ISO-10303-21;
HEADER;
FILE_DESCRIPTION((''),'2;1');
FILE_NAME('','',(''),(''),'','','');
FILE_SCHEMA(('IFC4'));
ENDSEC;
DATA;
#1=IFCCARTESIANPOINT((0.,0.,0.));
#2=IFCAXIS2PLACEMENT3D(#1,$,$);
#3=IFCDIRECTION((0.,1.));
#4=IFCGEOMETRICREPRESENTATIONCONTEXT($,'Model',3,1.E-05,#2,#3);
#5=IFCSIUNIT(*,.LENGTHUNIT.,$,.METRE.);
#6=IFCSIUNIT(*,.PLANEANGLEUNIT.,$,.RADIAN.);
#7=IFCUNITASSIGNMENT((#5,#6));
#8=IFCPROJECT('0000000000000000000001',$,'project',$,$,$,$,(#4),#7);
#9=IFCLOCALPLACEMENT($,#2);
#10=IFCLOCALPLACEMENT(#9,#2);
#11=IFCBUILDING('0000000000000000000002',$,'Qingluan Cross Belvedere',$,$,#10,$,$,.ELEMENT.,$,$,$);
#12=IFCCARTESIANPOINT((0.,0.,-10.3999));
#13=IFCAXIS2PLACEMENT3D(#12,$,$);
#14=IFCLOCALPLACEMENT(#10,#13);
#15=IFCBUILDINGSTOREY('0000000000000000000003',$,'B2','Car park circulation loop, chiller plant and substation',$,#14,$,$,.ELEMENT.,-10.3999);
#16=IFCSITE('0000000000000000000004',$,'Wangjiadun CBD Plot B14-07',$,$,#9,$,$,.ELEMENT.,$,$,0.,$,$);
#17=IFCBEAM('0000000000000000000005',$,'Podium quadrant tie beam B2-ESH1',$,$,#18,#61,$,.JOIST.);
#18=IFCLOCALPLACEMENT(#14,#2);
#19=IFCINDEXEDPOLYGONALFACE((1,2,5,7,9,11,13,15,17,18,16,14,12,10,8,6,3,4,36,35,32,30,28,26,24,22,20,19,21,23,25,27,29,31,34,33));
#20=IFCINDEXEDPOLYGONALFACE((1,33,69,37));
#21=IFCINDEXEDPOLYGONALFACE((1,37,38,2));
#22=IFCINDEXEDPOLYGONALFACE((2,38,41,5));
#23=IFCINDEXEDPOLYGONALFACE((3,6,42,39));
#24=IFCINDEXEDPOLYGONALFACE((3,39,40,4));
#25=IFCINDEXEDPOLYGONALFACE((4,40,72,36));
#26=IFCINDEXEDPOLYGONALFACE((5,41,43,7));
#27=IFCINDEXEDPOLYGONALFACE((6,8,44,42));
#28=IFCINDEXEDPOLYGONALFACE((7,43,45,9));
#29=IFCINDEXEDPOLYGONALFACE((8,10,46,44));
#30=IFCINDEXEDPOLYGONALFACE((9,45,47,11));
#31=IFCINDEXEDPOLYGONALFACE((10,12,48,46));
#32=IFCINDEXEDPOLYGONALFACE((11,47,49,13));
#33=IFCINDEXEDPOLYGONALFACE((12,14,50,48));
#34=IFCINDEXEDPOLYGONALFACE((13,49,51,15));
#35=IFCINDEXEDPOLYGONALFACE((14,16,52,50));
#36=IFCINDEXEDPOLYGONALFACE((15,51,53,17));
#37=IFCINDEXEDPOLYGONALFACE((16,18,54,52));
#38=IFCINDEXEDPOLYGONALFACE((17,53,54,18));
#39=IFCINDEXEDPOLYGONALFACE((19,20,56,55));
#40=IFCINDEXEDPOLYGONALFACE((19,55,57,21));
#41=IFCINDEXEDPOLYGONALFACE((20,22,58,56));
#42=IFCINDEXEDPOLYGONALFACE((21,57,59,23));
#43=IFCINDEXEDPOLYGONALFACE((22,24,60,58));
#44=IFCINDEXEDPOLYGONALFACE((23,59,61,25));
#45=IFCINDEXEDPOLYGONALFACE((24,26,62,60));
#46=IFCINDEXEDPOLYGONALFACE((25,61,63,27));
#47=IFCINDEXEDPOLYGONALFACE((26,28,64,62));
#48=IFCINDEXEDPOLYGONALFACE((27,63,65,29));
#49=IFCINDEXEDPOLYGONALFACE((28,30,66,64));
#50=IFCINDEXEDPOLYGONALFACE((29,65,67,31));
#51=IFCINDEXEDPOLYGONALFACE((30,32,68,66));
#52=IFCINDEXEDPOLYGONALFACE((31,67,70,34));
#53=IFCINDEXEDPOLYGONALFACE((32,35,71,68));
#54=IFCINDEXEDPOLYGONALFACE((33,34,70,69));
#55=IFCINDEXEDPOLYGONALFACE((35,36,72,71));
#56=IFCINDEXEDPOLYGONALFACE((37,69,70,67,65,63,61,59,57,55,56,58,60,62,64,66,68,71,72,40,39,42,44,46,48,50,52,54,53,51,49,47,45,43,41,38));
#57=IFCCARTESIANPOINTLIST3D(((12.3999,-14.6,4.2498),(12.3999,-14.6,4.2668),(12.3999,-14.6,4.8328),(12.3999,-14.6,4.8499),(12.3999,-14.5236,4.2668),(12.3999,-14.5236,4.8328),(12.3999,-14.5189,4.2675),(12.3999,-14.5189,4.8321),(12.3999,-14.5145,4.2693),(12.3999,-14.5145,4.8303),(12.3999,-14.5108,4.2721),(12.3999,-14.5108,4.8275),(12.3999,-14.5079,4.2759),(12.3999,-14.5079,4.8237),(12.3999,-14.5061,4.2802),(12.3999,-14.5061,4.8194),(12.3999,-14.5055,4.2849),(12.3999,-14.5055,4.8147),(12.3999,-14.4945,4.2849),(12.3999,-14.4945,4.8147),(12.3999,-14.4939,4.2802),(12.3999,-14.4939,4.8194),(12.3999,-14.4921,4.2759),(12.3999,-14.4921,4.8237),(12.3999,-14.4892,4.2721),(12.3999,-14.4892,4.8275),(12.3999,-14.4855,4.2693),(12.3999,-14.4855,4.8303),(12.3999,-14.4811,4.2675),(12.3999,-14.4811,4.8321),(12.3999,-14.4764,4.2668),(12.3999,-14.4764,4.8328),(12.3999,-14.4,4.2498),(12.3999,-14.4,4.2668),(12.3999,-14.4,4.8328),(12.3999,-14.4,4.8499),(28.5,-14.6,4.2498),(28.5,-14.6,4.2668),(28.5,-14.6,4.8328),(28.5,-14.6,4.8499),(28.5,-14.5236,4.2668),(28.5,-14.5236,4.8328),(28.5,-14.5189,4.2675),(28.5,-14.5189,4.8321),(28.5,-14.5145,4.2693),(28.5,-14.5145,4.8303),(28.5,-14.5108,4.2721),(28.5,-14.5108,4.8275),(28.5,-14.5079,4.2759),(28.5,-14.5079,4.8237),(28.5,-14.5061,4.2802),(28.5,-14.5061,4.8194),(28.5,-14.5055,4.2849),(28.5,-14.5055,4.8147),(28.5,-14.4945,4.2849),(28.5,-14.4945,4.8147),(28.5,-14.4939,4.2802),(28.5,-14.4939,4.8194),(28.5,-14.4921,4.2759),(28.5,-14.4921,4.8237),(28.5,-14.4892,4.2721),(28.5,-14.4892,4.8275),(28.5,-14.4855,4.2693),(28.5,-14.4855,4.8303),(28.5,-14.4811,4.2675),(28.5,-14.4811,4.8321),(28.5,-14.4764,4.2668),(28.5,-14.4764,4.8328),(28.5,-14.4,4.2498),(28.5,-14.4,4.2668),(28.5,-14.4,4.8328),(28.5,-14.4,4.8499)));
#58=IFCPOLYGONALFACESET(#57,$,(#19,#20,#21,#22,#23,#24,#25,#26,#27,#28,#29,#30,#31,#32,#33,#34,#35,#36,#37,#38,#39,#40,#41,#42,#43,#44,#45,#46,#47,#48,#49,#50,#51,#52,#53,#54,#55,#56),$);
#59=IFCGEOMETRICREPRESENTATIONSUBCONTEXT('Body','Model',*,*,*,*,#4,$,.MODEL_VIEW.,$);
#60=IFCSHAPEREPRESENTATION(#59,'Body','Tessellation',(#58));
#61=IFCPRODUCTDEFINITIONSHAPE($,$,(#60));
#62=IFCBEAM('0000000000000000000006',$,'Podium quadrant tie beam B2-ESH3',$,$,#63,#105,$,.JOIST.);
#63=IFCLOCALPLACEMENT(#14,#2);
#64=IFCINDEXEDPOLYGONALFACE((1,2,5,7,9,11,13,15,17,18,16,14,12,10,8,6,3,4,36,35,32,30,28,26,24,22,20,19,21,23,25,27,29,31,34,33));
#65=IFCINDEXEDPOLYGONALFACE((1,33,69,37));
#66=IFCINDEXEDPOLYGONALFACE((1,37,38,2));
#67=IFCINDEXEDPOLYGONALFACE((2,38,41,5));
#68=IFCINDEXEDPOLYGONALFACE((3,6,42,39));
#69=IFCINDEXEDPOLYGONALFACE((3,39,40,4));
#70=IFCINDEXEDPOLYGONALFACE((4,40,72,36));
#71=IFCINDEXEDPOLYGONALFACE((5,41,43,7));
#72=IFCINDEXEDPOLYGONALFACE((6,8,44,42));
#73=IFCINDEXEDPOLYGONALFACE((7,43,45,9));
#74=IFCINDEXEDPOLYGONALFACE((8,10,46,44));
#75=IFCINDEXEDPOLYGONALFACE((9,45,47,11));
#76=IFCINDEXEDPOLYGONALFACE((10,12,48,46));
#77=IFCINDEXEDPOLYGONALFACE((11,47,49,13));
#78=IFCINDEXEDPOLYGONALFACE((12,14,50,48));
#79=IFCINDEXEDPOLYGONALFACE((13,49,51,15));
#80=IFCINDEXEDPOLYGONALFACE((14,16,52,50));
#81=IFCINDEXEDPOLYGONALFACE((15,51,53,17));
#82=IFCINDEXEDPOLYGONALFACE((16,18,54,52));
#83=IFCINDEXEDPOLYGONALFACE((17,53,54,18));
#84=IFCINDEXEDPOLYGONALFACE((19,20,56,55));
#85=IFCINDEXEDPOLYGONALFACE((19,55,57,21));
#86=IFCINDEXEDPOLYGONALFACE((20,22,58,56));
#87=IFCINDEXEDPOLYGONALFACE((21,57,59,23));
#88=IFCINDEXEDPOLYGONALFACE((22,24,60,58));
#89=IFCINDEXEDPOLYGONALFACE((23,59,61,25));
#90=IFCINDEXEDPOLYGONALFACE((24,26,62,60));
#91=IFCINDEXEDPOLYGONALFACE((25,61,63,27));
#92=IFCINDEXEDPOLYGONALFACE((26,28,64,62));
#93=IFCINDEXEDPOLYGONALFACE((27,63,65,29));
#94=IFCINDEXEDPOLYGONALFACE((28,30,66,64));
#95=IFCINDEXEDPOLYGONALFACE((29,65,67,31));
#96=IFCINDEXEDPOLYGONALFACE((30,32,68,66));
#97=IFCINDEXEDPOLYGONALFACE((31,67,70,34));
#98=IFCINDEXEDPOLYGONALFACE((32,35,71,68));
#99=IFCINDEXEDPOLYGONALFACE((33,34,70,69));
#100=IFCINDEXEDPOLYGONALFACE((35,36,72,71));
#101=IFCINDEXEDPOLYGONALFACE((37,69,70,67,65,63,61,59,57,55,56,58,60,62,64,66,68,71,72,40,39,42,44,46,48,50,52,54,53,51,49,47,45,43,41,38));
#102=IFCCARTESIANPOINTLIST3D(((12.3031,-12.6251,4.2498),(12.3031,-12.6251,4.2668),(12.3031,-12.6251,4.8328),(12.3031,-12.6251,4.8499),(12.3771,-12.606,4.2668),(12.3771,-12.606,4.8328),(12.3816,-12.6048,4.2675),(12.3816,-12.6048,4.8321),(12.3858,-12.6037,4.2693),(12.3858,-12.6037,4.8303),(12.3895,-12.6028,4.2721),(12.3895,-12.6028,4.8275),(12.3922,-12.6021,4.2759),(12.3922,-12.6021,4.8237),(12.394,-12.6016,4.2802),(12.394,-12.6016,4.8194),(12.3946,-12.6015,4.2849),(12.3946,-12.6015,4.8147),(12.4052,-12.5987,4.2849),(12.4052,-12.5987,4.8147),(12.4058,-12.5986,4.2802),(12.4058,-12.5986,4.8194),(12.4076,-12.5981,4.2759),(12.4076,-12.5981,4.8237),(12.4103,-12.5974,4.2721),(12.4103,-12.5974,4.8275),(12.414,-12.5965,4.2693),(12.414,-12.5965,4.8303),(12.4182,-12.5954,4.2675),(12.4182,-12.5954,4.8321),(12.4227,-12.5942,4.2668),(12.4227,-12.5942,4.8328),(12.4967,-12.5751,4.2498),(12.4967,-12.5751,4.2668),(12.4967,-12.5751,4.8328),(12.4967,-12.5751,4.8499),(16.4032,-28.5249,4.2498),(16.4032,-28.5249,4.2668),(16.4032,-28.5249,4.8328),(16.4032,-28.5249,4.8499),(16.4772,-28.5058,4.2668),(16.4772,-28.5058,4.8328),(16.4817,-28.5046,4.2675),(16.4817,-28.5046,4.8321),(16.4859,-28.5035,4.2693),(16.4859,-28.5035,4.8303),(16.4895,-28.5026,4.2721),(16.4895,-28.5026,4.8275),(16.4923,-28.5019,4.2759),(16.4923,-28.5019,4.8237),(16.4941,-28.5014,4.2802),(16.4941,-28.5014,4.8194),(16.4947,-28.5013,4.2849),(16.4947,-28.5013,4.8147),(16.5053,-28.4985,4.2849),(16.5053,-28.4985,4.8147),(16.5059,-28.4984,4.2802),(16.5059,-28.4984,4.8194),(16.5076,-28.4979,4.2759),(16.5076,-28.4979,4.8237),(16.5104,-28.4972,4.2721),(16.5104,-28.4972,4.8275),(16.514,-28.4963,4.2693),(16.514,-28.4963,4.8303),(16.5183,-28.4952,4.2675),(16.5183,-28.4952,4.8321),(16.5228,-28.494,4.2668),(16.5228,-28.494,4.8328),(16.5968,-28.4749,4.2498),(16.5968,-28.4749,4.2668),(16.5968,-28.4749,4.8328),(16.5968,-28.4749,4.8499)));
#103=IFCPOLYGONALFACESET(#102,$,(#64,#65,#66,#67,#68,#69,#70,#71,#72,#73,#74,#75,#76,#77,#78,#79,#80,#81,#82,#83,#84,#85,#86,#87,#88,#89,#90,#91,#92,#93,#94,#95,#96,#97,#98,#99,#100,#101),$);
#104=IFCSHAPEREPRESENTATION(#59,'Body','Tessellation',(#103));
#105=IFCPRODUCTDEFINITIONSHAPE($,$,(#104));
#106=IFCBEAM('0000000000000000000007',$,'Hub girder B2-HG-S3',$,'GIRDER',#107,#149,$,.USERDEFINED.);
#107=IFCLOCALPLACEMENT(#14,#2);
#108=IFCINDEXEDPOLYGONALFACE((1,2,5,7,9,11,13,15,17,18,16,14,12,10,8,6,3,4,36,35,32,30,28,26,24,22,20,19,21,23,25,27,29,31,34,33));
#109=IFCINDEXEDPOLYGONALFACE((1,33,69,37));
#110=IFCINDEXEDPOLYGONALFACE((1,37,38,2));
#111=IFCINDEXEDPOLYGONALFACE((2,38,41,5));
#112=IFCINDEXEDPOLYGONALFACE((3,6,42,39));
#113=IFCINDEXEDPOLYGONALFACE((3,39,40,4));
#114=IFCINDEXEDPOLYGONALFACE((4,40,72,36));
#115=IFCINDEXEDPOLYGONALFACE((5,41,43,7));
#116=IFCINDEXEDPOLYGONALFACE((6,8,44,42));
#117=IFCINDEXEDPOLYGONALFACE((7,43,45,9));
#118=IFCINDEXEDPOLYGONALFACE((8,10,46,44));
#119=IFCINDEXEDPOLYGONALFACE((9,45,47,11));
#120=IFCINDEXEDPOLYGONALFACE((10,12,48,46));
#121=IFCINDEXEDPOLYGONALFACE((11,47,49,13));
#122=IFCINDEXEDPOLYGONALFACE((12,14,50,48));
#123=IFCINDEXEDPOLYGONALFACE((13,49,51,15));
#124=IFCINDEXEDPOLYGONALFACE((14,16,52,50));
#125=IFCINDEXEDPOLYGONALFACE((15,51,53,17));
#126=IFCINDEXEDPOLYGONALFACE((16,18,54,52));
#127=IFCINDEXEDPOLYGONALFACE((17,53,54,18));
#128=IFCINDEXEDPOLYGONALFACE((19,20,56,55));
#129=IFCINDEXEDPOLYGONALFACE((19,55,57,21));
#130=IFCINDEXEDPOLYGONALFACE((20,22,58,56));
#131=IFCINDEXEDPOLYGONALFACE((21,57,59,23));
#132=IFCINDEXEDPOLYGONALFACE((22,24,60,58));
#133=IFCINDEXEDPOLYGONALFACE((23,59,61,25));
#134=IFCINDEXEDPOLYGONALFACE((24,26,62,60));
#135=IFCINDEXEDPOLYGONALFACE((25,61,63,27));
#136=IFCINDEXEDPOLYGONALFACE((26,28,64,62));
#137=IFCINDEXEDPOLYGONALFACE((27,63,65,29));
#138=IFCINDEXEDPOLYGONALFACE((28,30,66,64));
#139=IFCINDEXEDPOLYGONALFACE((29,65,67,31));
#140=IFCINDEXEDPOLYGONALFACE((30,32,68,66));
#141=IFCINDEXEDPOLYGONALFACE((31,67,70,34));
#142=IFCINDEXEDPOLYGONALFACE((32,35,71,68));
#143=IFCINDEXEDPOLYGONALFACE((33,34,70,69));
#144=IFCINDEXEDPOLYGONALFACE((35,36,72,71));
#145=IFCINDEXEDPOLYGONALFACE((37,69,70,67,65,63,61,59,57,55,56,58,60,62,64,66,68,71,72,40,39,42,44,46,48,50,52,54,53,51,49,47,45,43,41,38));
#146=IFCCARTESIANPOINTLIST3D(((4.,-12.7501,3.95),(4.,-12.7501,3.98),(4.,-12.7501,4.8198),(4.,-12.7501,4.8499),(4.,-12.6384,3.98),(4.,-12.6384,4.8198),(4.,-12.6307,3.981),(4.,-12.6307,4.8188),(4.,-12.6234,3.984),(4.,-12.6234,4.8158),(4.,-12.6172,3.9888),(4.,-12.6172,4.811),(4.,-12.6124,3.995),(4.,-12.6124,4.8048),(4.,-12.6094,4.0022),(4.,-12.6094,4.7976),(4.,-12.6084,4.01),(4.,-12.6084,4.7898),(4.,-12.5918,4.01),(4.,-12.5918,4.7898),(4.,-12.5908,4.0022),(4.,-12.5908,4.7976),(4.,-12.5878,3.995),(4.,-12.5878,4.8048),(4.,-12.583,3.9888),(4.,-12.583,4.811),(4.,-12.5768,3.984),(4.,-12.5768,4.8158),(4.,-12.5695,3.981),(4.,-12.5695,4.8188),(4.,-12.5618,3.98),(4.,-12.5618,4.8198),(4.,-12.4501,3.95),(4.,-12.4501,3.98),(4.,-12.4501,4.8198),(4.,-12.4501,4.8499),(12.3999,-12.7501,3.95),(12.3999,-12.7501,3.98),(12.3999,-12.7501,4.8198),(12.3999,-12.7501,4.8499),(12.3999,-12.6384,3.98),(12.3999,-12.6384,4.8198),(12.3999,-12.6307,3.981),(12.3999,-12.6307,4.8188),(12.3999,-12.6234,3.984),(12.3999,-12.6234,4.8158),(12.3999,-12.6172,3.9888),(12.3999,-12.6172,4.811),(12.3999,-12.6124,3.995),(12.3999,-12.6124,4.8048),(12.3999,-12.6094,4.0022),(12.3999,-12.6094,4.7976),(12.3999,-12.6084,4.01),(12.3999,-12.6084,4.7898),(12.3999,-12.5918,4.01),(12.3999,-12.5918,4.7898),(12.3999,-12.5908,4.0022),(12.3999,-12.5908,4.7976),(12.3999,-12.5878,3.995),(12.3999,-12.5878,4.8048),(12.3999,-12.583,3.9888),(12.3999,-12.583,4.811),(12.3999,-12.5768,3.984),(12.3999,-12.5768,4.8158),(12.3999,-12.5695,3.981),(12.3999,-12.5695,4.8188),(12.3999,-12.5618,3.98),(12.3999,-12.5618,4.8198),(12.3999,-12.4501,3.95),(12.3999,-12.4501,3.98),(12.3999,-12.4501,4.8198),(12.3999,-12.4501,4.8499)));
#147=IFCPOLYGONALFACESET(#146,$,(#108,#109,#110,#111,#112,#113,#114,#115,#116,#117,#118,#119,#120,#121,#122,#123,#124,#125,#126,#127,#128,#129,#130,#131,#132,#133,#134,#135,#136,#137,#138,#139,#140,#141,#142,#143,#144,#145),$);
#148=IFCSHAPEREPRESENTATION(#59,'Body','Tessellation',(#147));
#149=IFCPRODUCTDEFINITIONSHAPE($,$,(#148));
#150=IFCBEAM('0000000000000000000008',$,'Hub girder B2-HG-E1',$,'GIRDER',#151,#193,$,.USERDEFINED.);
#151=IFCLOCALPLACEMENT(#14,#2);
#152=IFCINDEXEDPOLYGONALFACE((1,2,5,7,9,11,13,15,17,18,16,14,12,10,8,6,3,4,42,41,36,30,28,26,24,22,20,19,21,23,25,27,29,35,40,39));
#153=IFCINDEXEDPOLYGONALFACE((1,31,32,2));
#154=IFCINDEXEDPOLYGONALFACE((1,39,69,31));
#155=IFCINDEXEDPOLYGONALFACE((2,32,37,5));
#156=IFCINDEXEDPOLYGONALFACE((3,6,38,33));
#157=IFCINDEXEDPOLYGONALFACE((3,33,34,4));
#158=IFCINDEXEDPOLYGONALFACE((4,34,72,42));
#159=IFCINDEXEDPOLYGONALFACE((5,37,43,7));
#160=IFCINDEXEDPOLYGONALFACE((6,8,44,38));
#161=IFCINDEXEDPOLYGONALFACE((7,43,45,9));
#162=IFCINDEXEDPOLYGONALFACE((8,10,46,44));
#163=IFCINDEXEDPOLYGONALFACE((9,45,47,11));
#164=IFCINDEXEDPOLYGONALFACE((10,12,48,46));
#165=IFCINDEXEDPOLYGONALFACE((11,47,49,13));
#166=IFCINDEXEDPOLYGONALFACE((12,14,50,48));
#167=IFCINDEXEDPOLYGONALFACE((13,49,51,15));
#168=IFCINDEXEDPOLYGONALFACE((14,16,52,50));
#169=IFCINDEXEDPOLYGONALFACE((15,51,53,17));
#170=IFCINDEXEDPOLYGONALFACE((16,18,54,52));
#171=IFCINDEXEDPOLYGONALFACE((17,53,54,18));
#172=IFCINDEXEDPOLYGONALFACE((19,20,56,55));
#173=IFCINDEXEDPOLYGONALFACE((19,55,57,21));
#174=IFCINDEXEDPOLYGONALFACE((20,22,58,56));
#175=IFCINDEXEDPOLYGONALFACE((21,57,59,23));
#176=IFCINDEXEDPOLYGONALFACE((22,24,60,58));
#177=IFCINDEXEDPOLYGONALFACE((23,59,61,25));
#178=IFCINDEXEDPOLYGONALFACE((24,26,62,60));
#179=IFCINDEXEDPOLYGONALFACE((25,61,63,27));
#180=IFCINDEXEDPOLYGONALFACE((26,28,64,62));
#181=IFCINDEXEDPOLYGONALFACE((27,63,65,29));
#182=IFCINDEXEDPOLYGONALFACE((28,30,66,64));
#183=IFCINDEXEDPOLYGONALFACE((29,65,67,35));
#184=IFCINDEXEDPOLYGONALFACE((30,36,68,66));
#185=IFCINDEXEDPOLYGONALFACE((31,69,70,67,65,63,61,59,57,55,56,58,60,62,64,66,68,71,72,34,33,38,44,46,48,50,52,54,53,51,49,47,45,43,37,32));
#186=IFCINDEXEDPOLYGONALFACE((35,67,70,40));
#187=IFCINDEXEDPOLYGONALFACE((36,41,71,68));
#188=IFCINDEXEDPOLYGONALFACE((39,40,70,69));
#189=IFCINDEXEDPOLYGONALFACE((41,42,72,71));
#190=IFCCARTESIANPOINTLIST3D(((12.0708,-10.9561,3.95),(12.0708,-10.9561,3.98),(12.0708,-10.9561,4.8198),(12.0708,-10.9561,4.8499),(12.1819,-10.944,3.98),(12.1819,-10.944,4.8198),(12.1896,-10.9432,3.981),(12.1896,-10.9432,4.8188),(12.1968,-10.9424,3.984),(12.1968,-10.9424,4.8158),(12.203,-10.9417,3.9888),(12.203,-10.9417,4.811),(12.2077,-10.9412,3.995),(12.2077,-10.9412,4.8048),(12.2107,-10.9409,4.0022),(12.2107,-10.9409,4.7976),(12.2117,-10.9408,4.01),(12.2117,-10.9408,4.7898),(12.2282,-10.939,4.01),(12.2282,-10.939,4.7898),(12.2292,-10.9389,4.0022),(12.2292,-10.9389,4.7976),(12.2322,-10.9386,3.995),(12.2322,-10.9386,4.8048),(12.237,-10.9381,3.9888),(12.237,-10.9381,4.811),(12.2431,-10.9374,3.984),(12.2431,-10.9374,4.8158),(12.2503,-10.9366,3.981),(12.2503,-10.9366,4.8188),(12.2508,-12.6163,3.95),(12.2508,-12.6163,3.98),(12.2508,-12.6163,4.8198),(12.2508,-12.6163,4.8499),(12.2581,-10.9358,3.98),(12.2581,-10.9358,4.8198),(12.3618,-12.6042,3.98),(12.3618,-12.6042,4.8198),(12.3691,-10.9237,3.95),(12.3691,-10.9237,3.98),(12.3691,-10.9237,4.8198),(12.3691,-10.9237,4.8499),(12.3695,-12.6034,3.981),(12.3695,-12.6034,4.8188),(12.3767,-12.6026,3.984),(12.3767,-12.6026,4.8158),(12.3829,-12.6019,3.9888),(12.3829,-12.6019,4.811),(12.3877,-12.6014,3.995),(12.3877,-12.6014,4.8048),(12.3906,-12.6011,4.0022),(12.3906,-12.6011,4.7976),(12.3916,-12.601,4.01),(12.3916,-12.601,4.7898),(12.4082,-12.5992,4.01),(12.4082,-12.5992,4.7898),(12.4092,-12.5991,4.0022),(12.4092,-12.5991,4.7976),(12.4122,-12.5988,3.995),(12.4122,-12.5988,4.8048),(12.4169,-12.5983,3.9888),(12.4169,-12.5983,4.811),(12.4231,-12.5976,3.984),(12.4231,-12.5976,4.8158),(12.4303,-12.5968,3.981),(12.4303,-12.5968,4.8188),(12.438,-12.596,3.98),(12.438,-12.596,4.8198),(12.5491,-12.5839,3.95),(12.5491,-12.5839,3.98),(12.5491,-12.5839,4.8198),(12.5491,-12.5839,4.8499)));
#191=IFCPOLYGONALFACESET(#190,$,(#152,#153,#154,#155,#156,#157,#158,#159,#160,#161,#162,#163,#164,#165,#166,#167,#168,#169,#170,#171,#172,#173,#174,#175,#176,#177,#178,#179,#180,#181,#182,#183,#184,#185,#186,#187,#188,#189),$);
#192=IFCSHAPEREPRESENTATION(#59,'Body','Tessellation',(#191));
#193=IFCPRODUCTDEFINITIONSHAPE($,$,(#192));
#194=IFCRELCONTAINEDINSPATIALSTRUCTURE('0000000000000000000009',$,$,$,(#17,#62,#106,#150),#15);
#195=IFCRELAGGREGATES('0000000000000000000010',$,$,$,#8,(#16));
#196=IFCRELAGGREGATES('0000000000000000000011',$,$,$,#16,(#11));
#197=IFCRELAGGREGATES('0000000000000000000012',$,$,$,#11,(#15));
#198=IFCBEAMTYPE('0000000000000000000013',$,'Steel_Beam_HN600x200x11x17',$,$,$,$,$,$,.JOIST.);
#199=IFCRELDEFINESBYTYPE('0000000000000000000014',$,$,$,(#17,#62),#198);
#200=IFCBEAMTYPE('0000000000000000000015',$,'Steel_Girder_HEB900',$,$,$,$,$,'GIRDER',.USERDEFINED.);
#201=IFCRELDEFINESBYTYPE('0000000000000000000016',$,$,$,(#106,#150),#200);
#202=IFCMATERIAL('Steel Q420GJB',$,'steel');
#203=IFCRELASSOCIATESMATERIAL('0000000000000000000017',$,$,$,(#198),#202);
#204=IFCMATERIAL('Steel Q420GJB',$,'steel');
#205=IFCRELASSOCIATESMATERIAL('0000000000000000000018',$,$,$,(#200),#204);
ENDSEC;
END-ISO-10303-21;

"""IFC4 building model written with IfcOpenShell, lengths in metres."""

from ifc_helpers import new_model, si_unit, direction, frame, origin, origin_2d, place, context, subcontext, project, spatial, i_section, extrude, material, material_profile, profile_set, type_object, element, save


model = new_model("IFC4")

# Units and contexts
model_context = context("Model", 3, precision=1e-05, world=origin(), true_north=direction((0.0, 1.0)))
body_context = subcontext(model_context, "Body", "Model", "MODEL_VIEW")
ifc_project = project(units=[si_unit("LENGTHUNIT", "METRE"), si_unit("PLANEANGLEUNIT", "RADIAN")], contexts=[model_context])

# Site, building, storey
site_placement = place(None, origin())
site = spatial("IfcSite", under=ifc_project, at=site_placement, Name="Wangjiadun CBD Plot B14-07", CompositionType="ELEMENT", RefElevation=0.0)
building_placement = place(site_placement, origin())
building = spatial("IfcBuilding", under=site, at=building_placement, Name="Qingluan Cross Belvedere", CompositionType="ELEMENT")
storey_placement = place(building_placement, frame((0.0, 0.0, -10.3999)))
storey = spatial("IfcBuildingStorey", under=building, at=storey_placement, Name="B2", Description="Car park circulation loop, chiller plant and substation", CompositionType="ELEMENT", Elevation=-10.3999)

# Beams
ifc_material_1 = material(Name="Steel Q420GJB", Category="steel")
ifc_material_profile_1 = material_profile(ifc_material_1, i_section(OverallWidth=0.2, OverallDepth=0.6001, WebThickness=0.011, FlangeThickness=0.0171, FilletRadius=0.0181, at=origin_2d()), Name="HN600x200x11x17")
ifc_profile_set_1 = profile_set([ifc_material_profile_1], Name="Steel Q420GJB")
beam_type_1 = type_object("IfcBeamType", Name="Steel_Beam_HN600x200x11x17", PredefinedType="JOIST", material=ifc_profile_set_1)
beam_1_placement = place(storey_placement, frame((12.3999, -14.5, 4.5498), z_axis=(1.0, 0.0, 0.0), x_axis=(0.0, 1.0, 0.0)))
element("IfcBeam", 1, at=beam_1_placement, inside=storey, type_object=beam_type_1, Name="Podium quadrant tie beam B2-ESH1", PredefinedType="JOIST", context=body_context, shape_type="SweptSolid", body=[
    extrude(i_section(OverallWidth=0.2, OverallDepth=0.6001, WebThickness=0.011, FlangeThickness=0.0171, FilletRadius=0.0181, at=origin_2d()), origin(), (0.0, 0.0, 1.0), 16.1001),
])
beam_2_placement = place(storey_placement, frame((12.3999, -12.6001, 4.5498), z_axis=(0.249701, -0.968323, 0.0), x_axis=(0.968323, 0.249701, 0.0)))
element("IfcBeam", 2, at=beam_2_placement, inside=storey, type_object=beam_type_1, Name="Podium quadrant tie beam B2-ESH3", PredefinedType="JOIST", context=body_context, shape_type="SweptSolid", body=[
    extrude(i_section(OverallWidth=0.2, OverallDepth=0.6001, WebThickness=0.011, FlangeThickness=0.0171, FilletRadius=0.0181, at=origin_2d()), origin(), (0.0, 0.0, 1.0), 16.4199),
])
ifc_material_2 = material(Name="Steel Q420GJB", Category="steel")
ifc_material_profile_2 = material_profile(ifc_material_2, i_section(OverallWidth=0.3, OverallDepth=0.8999, WebThickness=0.0166, FlangeThickness=0.03, FilletRadius=0.03, at=origin_2d()), Name="HEB900")
ifc_profile_set_2 = profile_set([ifc_material_profile_2], Name="Steel Q420GJB")
beam_type_2 = type_object("IfcBeamType", Name="Steel_Girder_HEB900", ElementType="GIRDER", PredefinedType="USERDEFINED", material=ifc_profile_set_2)
beam_3_placement = place(storey_placement, frame((4.0, -12.6001, 4.3999), z_axis=(1.0, 0.0, 0.0), x_axis=(0.0, 1.0, 0.0)))
element("IfcBeam", 3, at=beam_3_placement, inside=storey, type_object=beam_type_2, Name="Hub girder B2-HG-S3", ObjectType="GIRDER", PredefinedType="USERDEFINED", context=body_context, shape_type="SweptSolid", body=[
    extrude(i_section(OverallWidth=0.3, OverallDepth=0.8999, WebThickness=0.0166, FlangeThickness=0.03, FilletRadius=0.03, at=origin_2d()), origin(), (0.0, 0.0, 1.0), 8.3999),
])
beam_4_placement = place(storey_placement, frame((12.3999, -12.6001, 4.3999), z_axis=(-0.107751, 0.994178, 0.0), x_axis=(-0.994178, -0.107751, 0.0)))
element("IfcBeam", 4, at=beam_4_placement, inside=storey, type_object=beam_type_2, Name="Hub girder B2-HG-E1", ObjectType="GIRDER", PredefinedType="USERDEFINED", context=body_context, shape_type="SweptSolid", body=[
    extrude(i_section(OverallWidth=0.3, OverallDepth=0.8999, WebThickness=0.0166, FlangeThickness=0.03, FilletRadius=0.03, at=origin_2d()), origin(), (0.0, 0.0, 1.0), 1.6699),
])

save(model, "model.ifc")
